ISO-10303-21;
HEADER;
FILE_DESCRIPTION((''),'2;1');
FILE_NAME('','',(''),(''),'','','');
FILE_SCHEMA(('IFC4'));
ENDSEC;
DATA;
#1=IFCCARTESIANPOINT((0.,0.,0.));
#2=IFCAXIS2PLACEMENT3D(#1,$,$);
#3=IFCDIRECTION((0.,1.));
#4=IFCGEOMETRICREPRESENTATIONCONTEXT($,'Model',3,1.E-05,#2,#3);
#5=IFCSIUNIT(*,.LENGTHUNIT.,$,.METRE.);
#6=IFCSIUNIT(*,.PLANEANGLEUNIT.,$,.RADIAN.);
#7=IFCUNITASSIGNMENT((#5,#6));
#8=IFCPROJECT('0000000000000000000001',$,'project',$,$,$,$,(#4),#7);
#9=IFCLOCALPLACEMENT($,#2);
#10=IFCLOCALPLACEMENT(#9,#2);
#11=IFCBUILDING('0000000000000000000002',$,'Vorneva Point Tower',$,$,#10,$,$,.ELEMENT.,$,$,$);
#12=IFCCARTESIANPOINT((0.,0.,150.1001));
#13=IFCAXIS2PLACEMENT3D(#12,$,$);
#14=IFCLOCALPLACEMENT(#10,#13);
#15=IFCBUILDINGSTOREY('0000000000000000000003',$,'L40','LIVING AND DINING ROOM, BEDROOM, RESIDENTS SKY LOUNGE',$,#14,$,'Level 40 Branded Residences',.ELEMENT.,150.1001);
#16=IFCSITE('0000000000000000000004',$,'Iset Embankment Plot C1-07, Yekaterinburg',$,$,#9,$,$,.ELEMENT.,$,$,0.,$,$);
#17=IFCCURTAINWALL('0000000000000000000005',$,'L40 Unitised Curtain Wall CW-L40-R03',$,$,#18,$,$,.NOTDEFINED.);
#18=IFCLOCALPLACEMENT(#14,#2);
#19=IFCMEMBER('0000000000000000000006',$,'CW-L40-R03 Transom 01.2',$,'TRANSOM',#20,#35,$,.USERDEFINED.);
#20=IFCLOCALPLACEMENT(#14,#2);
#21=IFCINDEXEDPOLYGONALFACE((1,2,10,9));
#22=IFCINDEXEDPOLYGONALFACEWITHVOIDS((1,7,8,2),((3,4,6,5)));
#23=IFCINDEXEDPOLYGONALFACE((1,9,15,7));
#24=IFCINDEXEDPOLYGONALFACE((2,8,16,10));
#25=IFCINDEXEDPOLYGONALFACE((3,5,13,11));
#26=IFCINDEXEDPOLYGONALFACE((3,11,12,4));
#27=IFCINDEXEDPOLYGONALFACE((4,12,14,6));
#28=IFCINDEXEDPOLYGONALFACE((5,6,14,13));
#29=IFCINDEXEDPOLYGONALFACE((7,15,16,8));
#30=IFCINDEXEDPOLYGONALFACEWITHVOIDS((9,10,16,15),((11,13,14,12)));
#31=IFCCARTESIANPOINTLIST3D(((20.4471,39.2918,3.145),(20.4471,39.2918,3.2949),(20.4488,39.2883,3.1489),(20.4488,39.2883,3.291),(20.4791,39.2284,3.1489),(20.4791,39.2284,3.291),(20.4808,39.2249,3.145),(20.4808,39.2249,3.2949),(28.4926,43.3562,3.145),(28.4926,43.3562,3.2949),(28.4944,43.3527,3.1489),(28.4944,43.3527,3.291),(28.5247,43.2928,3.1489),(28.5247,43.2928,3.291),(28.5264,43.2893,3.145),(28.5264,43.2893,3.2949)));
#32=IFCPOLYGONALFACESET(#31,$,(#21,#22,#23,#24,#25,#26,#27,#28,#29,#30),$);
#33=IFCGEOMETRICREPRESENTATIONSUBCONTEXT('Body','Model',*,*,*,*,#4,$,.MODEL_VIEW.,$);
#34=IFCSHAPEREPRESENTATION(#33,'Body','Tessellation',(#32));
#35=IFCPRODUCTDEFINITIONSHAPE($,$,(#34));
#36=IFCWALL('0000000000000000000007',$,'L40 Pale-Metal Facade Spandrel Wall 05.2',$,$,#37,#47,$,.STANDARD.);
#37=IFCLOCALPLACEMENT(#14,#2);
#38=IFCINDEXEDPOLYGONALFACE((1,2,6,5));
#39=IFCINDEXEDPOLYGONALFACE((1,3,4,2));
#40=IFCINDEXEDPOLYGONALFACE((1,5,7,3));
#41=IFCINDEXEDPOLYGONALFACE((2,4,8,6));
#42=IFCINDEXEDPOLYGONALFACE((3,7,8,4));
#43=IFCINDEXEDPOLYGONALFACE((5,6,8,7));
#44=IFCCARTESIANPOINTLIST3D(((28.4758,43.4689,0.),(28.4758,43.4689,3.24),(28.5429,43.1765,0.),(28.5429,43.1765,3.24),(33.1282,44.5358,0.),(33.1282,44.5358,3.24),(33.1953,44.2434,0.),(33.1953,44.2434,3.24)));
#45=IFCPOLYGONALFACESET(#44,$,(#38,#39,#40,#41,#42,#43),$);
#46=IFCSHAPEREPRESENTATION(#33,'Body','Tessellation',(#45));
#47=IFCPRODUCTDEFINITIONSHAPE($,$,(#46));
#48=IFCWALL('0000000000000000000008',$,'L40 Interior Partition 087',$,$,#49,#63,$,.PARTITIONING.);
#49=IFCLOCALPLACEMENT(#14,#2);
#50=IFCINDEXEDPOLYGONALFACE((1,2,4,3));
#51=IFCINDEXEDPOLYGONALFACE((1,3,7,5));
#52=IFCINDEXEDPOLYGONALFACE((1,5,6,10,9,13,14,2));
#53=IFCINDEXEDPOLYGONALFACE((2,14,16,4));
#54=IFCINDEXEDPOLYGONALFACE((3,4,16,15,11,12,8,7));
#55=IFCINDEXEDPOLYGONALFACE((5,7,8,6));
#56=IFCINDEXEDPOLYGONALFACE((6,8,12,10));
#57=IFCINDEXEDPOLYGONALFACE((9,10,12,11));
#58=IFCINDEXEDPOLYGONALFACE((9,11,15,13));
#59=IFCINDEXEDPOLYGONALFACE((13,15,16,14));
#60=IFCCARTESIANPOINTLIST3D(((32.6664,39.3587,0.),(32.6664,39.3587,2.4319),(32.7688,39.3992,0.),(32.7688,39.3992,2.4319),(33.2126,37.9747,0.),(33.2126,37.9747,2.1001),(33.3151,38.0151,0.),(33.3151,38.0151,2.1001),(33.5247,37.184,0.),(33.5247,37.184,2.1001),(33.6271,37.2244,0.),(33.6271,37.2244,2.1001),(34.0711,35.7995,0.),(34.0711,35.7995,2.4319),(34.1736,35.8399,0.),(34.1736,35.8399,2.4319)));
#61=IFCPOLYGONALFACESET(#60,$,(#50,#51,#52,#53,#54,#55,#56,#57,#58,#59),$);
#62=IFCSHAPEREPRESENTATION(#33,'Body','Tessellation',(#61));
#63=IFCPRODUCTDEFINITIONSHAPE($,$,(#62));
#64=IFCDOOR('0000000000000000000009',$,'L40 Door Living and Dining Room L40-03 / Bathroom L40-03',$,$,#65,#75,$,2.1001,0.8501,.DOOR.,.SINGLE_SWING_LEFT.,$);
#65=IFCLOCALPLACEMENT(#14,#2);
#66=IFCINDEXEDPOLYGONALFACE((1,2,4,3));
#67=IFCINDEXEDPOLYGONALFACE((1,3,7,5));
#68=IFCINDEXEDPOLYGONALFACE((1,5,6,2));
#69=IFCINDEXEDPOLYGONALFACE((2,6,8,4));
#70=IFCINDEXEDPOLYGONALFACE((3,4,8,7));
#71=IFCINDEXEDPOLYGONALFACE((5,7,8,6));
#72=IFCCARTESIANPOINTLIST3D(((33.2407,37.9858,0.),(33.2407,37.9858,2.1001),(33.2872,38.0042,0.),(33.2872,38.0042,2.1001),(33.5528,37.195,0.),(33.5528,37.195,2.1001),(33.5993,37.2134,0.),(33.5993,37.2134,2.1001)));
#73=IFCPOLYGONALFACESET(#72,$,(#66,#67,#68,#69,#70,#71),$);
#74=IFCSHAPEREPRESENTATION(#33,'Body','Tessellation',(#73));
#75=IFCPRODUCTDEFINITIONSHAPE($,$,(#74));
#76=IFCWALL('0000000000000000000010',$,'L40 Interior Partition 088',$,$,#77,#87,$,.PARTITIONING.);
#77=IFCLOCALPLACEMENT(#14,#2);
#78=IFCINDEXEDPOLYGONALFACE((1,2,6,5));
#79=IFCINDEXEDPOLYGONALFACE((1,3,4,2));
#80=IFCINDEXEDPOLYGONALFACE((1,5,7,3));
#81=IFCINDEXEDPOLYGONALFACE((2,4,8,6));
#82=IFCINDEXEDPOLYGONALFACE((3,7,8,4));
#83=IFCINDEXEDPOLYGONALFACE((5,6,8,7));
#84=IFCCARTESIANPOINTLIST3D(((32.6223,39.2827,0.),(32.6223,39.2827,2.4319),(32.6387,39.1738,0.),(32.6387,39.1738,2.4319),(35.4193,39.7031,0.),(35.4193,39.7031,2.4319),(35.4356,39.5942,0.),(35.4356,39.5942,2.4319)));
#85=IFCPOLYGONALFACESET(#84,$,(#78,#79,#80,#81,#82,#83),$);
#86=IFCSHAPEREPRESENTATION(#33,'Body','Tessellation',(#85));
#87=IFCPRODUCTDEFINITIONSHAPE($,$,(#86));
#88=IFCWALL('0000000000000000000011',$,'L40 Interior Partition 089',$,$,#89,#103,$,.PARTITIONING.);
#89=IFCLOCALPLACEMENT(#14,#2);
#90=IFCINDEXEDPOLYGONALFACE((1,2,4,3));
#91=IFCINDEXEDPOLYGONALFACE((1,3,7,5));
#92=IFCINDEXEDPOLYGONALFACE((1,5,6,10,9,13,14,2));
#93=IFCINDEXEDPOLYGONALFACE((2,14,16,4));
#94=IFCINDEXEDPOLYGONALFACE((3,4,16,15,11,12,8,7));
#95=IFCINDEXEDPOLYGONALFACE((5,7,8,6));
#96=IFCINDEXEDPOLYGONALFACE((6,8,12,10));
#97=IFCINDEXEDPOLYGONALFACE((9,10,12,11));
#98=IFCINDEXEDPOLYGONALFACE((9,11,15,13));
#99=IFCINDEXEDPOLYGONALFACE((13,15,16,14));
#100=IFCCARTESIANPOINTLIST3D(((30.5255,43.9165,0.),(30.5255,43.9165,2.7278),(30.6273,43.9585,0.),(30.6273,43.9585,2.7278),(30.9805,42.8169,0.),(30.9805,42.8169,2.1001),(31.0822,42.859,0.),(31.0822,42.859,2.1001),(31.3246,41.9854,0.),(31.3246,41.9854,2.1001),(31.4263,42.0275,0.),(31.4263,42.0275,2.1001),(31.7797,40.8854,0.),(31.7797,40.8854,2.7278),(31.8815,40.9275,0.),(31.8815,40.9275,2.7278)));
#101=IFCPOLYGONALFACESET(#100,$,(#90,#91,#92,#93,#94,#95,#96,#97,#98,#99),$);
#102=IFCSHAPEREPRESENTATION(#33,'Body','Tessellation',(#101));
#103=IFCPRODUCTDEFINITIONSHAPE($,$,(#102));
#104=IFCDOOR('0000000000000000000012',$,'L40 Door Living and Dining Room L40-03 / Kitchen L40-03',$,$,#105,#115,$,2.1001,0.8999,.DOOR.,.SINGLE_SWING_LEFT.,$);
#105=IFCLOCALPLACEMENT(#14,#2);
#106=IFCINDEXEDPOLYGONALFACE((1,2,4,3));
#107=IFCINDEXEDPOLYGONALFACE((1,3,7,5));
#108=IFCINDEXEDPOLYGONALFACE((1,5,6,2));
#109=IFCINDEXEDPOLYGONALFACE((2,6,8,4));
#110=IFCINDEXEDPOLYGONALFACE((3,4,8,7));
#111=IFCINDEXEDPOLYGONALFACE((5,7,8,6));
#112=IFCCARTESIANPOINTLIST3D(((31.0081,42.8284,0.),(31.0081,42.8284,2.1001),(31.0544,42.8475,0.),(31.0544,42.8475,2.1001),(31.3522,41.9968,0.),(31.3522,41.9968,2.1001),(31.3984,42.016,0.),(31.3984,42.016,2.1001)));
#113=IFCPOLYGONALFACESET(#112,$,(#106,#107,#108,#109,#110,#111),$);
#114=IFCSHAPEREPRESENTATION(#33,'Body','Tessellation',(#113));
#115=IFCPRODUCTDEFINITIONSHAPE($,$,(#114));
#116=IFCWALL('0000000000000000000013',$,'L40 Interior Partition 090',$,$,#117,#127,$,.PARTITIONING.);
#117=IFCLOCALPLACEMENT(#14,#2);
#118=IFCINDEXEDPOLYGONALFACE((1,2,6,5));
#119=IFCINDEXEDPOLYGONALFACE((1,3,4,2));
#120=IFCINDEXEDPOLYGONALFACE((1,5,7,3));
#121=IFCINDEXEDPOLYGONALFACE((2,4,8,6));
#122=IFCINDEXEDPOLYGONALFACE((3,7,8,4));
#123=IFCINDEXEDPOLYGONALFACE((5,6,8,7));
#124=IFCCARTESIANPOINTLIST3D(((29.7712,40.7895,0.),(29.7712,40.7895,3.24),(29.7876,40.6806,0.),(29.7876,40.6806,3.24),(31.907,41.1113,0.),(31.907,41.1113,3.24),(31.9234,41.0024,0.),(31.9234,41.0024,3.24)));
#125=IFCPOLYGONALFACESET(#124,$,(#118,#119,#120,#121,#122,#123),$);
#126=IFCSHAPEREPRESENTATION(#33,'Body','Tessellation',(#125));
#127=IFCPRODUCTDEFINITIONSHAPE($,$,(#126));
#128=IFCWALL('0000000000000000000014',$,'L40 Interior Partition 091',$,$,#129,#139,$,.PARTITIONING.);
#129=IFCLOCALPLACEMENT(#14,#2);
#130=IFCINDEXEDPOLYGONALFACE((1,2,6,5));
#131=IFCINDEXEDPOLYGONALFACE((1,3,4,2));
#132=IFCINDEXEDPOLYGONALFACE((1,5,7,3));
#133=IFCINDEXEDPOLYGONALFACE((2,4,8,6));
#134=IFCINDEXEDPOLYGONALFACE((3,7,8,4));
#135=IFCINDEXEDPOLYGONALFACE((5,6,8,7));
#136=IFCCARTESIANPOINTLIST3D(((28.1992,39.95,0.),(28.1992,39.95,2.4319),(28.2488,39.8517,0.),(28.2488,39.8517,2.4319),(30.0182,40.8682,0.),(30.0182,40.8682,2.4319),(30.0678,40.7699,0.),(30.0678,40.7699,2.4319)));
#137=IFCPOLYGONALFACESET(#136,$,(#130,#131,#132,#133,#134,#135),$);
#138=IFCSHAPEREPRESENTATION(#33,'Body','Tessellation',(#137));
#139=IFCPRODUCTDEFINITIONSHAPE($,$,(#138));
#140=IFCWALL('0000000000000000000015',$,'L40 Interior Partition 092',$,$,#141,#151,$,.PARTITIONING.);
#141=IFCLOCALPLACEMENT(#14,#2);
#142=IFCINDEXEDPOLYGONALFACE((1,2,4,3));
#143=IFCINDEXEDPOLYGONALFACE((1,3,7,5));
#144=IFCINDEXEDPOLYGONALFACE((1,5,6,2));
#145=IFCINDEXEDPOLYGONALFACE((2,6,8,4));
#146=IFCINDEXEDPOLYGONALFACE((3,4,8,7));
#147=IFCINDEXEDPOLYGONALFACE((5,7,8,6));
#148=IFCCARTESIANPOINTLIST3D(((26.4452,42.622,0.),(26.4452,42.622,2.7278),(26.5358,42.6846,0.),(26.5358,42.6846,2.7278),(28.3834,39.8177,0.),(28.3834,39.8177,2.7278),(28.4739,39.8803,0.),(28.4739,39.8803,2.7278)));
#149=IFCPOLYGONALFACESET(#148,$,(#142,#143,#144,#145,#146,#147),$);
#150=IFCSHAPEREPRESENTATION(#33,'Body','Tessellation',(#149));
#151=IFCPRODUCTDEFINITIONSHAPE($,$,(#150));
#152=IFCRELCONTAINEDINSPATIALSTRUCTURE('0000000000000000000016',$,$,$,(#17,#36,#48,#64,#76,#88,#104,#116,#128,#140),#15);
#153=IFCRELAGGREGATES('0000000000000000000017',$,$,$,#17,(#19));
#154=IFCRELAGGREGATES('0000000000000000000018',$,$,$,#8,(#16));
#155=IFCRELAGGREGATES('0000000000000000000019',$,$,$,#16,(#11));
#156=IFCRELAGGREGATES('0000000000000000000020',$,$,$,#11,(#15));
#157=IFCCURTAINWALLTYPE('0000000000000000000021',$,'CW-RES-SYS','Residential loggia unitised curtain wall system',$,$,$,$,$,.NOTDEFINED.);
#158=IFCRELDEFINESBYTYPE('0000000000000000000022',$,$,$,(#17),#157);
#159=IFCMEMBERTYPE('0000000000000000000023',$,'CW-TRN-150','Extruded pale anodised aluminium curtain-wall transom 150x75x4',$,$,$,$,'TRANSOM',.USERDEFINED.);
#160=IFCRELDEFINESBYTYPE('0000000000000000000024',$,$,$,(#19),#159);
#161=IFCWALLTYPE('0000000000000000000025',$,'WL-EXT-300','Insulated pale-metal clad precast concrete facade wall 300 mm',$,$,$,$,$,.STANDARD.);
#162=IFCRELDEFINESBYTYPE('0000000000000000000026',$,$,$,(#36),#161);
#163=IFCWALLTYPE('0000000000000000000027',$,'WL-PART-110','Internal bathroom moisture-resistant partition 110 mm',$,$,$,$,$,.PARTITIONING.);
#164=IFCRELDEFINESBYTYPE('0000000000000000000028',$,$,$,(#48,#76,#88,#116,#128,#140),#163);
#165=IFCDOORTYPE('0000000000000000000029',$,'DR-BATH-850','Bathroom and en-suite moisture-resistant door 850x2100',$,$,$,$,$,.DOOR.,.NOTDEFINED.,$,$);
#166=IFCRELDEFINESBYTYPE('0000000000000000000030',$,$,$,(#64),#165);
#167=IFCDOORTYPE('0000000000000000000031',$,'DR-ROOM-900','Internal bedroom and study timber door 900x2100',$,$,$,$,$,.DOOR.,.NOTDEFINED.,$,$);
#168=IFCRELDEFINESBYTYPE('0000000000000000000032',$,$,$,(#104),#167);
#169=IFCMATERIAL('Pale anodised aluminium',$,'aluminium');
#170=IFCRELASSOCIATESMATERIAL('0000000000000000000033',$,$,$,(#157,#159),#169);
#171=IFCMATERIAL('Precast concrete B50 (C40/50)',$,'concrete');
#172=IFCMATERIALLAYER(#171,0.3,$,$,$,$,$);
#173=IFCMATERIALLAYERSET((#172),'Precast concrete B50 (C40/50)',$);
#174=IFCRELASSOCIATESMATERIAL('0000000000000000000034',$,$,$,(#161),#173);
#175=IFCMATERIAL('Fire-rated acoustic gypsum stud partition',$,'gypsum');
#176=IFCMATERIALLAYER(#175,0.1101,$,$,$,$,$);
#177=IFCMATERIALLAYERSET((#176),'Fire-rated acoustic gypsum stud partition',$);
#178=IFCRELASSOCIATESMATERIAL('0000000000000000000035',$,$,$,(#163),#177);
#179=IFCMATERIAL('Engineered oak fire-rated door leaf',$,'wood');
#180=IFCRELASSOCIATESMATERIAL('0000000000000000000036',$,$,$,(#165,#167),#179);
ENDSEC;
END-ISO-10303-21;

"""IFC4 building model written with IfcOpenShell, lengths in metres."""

from ifc_helpers import new_model, si_unit, direction, frame, frame_2d, origin, origin_2d, place, context, subcontext, project, spatial, rectangle, hollow_rectangle, extrude, material, layer, layer_set, material_profile, profile_set, type_object, element, fill, aggregate, save


model = new_model("IFC4")

# Units and contexts
model_context = context("Model", 3, precision=1e-05, world=origin(), true_north=direction((0.0, 1.0)))
body_context = subcontext(model_context, "Body", "Model", "MODEL_VIEW")
ifc_project = project(units=[si_unit("LENGTHUNIT", "METRE"), si_unit("PLANEANGLEUNIT", "RADIAN")], contexts=[model_context])

# Site, building, storey
site_placement = place(None, origin())
site = spatial("IfcSite", under=ifc_project, at=site_placement, Name="Iset Embankment Plot C1-07, Yekaterinburg", CompositionType="ELEMENT", RefElevation=0.0)
building_placement = place(site_placement, origin())
building = spatial("IfcBuilding", under=site, at=building_placement, Name="Vorneva Point Tower", CompositionType="ELEMENT")
storey_placement = place(building_placement, frame((0.0, 0.0, 150.1001)))
storey = spatial("IfcBuildingStorey", under=building, at=storey_placement, Name="L40", Description="LIVING AND DINING ROOM, BEDROOM, RESIDENTS SKY LOUNGE", LongName="Level 40 Branded Residences", CompositionType="ELEMENT", Elevation=150.1001)

# Curtain wall, member
ifc_material_1 = material(Name="Pale anodised aluminium", Category="aluminium")
curtain_wall_type = type_object("IfcCurtainWallType", Name="CW-RES-SYS", Description="Residential loggia unitised curtain wall system", PredefinedType="NOTDEFINED", material=ifc_material_1)
curtain_wall_placement = place(storey_placement, origin())
curtain_wall = element("IfcCurtainWall", 1, at=curtain_wall_placement, inside=storey, type_object=curtain_wall_type, Name="L40 Unitised Curtain Wall CW-L40-R03", PredefinedType="NOTDEFINED")
ifc_material_profile_1 = material_profile(ifc_material_1, hollow_rectangle(XDim=0.075, YDim=0.1499, WallThickness=0.0039, at=origin_2d()), Name="AL-TRN 150x75x4")
ifc_profile_set_1 = profile_set([ifc_material_profile_1], Name="Pale anodised aluminium")
member_type_1 = type_object("IfcMemberType", Name="CW-TRN-150", Description="Extruded pale anodised aluminium curtain-wall transom 150x75x4", ElementType="TRANSOM", PredefinedType="USERDEFINED", material=ifc_profile_set_1)
member_1_placement = place(storey_placement, frame((28.5095, 43.3228, 3.22), z_axis=(-0.892572, -0.450904, 0.0), x_axis=(0.450904, -0.892572, 0.0)))
member_1 = element("IfcMember", 2, at=member_1_placement, type_object=member_type_1, Name="CW-L40-R03 Transom 01.2", ObjectType="TRANSOM", PredefinedType="USERDEFINED", context=body_context, shape_type="SweptSolid", body=[
    extrude(hollow_rectangle(XDim=0.075, YDim=0.1499, WallThickness=0.0039, at=origin_2d()), origin(), (0.0, 0.0, 1.0), 9.0139),
])
aggregate(curtain_wall, [member_1])

# Wall
ifc_material_2 = material(Name="Precast concrete B50 (C40/50)", Category="concrete")
ifc_layer_1 = layer(ifc_material_2, 0.3)
ifc_layer_set_1 = layer_set([ifc_layer_1], Name="Precast concrete B50 (C40/50)")
wall_type_1 = type_object("IfcWallType", Name="WL-EXT-300", Description="Insulated pale-metal clad precast concrete facade wall 300 mm", PredefinedType="STANDARD", material=ifc_layer_set_1)
wall_1_placement = place(storey_placement, frame((33.1619, 44.3896, 0.0), z_axis=(0.0, 0.0, 1.0), x_axis=(-0.974699, -0.223522, 0.0)))
element("IfcWall", 3, at=wall_1_placement, inside=storey, type_object=wall_type_1, Name="L40 Pale-Metal Facade Spandrel Wall 05.2", PredefinedType="STANDARD", context=body_context, shape_type="SweptSolid", body=[
    extrude(rectangle(XDim=4.7732, YDim=0.3, at=frame_2d((2.3867, 0.0))), origin(), (0.0, 0.0, 1.0), 3.24),
])

# Wall, opening, door
ifc_material_3 = material(Name="Fire-rated acoustic gypsum stud partition", Category="gypsum")
ifc_layer_2 = layer(ifc_material_3, 0.1101)
ifc_layer_set_2 = layer_set([ifc_layer_2], Name="Fire-rated acoustic gypsum stud partition")
wall_type_2 = type_object("IfcWallType", Name="WL-PART-110", Description="Internal bathroom moisture-resistant partition 110 mm", PredefinedType="PARTITIONING", material=ifc_layer_set_2)
wall_2_placement = place(storey_placement, frame((34.1223, 35.8198, 0.0), z_axis=(0.0, 0.0, 1.0), x_axis=(-0.367119, 0.930174, 0.0)))
wall_2 = element("IfcWall", 4, at=wall_2_placement, inside=storey, type_object=wall_type_2, Name="L40 Interior Partition 087", PredefinedType="PARTITIONING", context=body_context, shape_type="SweptSolid", body=[
    extrude(rectangle(XDim=3.8264, YDim=0.1101, at=frame_2d((1.9131, 0.0))), origin(), (0.0, 0.0, 1.0), 2.4319),
])
opening_1_placement = place(wall_2_placement, frame((1.4883, 0.0, 0.0)))
opening_1 = element("IfcOpeningElement", 5, at=opening_1_placement, cuts=wall_2, PredefinedType="OPENING", context=body_context, shape_type="SweptSolid", body=[
    extrude(rectangle(XDim=0.8501, YDim=2.1001, at=frame_2d((0.425, 1.05))), frame((0.0, 0.0698, 0.0), z_axis=(0.0, -1.0, 0.0), x_axis=(1.0, 0.0, 0.0)), (0.0, 0.0, 1.0), 0.1399),
])
ifc_material_4 = material(Name="Engineered oak fire-rated door leaf", Category="wood")
door_type_1 = type_object("IfcDoorType", Name="DR-BATH-850", Description="Bathroom and en-suite moisture-resistant door 850x2100", OperationType="NOTDEFINED", PredefinedType="DOOR", material=ifc_material_4)
door_1_placement = place(opening_1_placement, origin())
door_1 = element("IfcDoor", 6, at=door_1_placement, inside=storey, type_object=door_type_1, Name="L40 Door Living and Dining Room L40-03 / Bathroom L40-03", OperationType="SINGLE_SWING_LEFT", OverallHeight=2.1001, OverallWidth=0.8501, PredefinedType="DOOR", context=body_context, shape_type="SweptSolid", body=[
    extrude(rectangle(XDim=0.8501, YDim=2.1001, at=frame_2d((0.425, 1.05))), frame((0.0, 0.0249, 0.0), z_axis=(0.0, -1.0, 0.0), x_axis=(1.0, 0.0, 0.0)), (0.0, 0.0, 1.0), 0.05),
])
fill(opening_1, door_1)

# Wall
wall_3_placement = place(storey_placement, frame((32.6306, 39.2283, 0.0), z_axis=(0.0, 0.0, 1.0), x_axis=(0.988891, 0.148644, 0.0)))
element("IfcWall", 7, at=wall_3_placement, inside=storey, type_object=wall_type_2, Name="L40 Interior Partition 088", PredefinedType="PARTITIONING", context=body_context, shape_type="SweptSolid", body=[
    extrude(rectangle(XDim=2.8284, YDim=0.1101, at=frame_2d((1.4141, 0.0))), origin(), (0.0, 0.0, 1.0), 2.4319),
])

# Wall, opening, door
wall_4_placement = place(storey_placement, frame((30.5764, 43.9375, 0.0), z_axis=(0.0, 0.0, 1.0), x_axis=(0.382336, -0.924023, 0.0)))
wall_4 = element("IfcWall", 8, at=wall_4_placement, inside=storey, type_object=wall_type_2, Name="L40 Interior Partition 089", PredefinedType="PARTITIONING", context=body_context, shape_type="SweptSolid", body=[
    extrude(rectangle(XDim=3.2803, YDim=0.1101, at=frame_2d((1.6401, 0.0))), origin(), (0.0, 0.0, 1.0), 2.7278),
])
opening_2_placement = place(wall_4_placement, frame((1.1899, 0.0, 0.0)))
opening_2 = element("IfcOpeningElement", 9, at=opening_2_placement, cuts=wall_4, PredefinedType="OPENING", context=body_context, shape_type="SweptSolid", body=[
    extrude(rectangle(XDim=0.8999, YDim=2.1001, at=frame_2d((0.45, 1.05))), frame((0.0, 0.0698, 0.0), z_axis=(0.0, -1.0, 0.0), x_axis=(1.0, 0.0, 0.0)), (0.0, 0.0, 1.0), 0.1399),
])
door_type_2 = type_object("IfcDoorType", Name="DR-ROOM-900", Description="Internal bedroom and study timber door 900x2100", OperationType="NOTDEFINED", PredefinedType="DOOR", material=ifc_material_4)
door_2_placement = place(opening_2_placement, origin())
door_2 = element("IfcDoor", 10, at=door_2_placement, inside=storey, type_object=door_type_2, Name="L40 Door Living and Dining Room L40-03 / Kitchen L40-03", OperationType="SINGLE_SWING_LEFT", OverallHeight=2.1001, OverallWidth=0.8999, PredefinedType="DOOR", context=body_context, shape_type="SweptSolid", body=[
    extrude(rectangle(XDim=0.8999, YDim=2.1001, at=frame_2d((0.45, 1.05))), frame((0.0, 0.0249, 0.0), z_axis=(0.0, -1.0, 0.0), x_axis=(1.0, 0.0, 0.0)), (0.0, 0.0, 1.0), 0.05),
])
fill(opening_2, door_2)

# Walls
wall_5_placement = place(storey_placement, frame((31.9153, 41.0569, 0.0), z_axis=(0.0, 0.0, 1.0), x_axis=(-0.98884, -0.148982, 0.0)))
element("IfcWall", 11, at=wall_5_placement, inside=storey, type_object=wall_type_2, Name="L40 Interior Partition 090", PredefinedType="PARTITIONING", context=body_context, shape_type="SweptSolid", body=[
    extrude(rectangle(XDim=2.1599, YDim=0.1101, at=frame_2d((1.0801, 0.0))), origin(), (0.0, 0.0, 1.0), 3.24),
])
wall_6_placement = place(storey_placement, frame((30.043, 40.8191, 0.0), z_axis=(0.0, 0.0, 1.0), x_axis=(-0.892695, -0.450661, 0.0)))
element("IfcWall", 12, at=wall_6_placement, inside=storey, type_object=wall_type_2, Name="L40 Interior Partition 091", PredefinedType="PARTITIONING", context=body_context, shape_type="SweptSolid", body=[
    extrude(rectangle(XDim=2.0376, YDim=0.1101, at=frame_2d((1.0188, 0.0))), origin(), (0.0, 0.0, 1.0), 2.4319),
])
wall_7_placement = place(storey_placement, frame((28.4287, 39.8489, 0.0), z_axis=(0.0, 0.0, 1.0), x_axis=(-0.568554, 0.822646, 0.0)))
element("IfcWall", 13, at=wall_7_placement, inside=storey, type_object=wall_type_2, Name="L40 Interior Partition 092", PredefinedType="PARTITIONING", context=body_context, shape_type="SweptSolid", body=[
    extrude(rectangle(XDim=3.4089, YDim=0.1101, at=frame_2d((1.7046, 0.0))), origin(), (0.0, 0.0, 1.0), 2.7278),
])

save(model, "model.ifc")
